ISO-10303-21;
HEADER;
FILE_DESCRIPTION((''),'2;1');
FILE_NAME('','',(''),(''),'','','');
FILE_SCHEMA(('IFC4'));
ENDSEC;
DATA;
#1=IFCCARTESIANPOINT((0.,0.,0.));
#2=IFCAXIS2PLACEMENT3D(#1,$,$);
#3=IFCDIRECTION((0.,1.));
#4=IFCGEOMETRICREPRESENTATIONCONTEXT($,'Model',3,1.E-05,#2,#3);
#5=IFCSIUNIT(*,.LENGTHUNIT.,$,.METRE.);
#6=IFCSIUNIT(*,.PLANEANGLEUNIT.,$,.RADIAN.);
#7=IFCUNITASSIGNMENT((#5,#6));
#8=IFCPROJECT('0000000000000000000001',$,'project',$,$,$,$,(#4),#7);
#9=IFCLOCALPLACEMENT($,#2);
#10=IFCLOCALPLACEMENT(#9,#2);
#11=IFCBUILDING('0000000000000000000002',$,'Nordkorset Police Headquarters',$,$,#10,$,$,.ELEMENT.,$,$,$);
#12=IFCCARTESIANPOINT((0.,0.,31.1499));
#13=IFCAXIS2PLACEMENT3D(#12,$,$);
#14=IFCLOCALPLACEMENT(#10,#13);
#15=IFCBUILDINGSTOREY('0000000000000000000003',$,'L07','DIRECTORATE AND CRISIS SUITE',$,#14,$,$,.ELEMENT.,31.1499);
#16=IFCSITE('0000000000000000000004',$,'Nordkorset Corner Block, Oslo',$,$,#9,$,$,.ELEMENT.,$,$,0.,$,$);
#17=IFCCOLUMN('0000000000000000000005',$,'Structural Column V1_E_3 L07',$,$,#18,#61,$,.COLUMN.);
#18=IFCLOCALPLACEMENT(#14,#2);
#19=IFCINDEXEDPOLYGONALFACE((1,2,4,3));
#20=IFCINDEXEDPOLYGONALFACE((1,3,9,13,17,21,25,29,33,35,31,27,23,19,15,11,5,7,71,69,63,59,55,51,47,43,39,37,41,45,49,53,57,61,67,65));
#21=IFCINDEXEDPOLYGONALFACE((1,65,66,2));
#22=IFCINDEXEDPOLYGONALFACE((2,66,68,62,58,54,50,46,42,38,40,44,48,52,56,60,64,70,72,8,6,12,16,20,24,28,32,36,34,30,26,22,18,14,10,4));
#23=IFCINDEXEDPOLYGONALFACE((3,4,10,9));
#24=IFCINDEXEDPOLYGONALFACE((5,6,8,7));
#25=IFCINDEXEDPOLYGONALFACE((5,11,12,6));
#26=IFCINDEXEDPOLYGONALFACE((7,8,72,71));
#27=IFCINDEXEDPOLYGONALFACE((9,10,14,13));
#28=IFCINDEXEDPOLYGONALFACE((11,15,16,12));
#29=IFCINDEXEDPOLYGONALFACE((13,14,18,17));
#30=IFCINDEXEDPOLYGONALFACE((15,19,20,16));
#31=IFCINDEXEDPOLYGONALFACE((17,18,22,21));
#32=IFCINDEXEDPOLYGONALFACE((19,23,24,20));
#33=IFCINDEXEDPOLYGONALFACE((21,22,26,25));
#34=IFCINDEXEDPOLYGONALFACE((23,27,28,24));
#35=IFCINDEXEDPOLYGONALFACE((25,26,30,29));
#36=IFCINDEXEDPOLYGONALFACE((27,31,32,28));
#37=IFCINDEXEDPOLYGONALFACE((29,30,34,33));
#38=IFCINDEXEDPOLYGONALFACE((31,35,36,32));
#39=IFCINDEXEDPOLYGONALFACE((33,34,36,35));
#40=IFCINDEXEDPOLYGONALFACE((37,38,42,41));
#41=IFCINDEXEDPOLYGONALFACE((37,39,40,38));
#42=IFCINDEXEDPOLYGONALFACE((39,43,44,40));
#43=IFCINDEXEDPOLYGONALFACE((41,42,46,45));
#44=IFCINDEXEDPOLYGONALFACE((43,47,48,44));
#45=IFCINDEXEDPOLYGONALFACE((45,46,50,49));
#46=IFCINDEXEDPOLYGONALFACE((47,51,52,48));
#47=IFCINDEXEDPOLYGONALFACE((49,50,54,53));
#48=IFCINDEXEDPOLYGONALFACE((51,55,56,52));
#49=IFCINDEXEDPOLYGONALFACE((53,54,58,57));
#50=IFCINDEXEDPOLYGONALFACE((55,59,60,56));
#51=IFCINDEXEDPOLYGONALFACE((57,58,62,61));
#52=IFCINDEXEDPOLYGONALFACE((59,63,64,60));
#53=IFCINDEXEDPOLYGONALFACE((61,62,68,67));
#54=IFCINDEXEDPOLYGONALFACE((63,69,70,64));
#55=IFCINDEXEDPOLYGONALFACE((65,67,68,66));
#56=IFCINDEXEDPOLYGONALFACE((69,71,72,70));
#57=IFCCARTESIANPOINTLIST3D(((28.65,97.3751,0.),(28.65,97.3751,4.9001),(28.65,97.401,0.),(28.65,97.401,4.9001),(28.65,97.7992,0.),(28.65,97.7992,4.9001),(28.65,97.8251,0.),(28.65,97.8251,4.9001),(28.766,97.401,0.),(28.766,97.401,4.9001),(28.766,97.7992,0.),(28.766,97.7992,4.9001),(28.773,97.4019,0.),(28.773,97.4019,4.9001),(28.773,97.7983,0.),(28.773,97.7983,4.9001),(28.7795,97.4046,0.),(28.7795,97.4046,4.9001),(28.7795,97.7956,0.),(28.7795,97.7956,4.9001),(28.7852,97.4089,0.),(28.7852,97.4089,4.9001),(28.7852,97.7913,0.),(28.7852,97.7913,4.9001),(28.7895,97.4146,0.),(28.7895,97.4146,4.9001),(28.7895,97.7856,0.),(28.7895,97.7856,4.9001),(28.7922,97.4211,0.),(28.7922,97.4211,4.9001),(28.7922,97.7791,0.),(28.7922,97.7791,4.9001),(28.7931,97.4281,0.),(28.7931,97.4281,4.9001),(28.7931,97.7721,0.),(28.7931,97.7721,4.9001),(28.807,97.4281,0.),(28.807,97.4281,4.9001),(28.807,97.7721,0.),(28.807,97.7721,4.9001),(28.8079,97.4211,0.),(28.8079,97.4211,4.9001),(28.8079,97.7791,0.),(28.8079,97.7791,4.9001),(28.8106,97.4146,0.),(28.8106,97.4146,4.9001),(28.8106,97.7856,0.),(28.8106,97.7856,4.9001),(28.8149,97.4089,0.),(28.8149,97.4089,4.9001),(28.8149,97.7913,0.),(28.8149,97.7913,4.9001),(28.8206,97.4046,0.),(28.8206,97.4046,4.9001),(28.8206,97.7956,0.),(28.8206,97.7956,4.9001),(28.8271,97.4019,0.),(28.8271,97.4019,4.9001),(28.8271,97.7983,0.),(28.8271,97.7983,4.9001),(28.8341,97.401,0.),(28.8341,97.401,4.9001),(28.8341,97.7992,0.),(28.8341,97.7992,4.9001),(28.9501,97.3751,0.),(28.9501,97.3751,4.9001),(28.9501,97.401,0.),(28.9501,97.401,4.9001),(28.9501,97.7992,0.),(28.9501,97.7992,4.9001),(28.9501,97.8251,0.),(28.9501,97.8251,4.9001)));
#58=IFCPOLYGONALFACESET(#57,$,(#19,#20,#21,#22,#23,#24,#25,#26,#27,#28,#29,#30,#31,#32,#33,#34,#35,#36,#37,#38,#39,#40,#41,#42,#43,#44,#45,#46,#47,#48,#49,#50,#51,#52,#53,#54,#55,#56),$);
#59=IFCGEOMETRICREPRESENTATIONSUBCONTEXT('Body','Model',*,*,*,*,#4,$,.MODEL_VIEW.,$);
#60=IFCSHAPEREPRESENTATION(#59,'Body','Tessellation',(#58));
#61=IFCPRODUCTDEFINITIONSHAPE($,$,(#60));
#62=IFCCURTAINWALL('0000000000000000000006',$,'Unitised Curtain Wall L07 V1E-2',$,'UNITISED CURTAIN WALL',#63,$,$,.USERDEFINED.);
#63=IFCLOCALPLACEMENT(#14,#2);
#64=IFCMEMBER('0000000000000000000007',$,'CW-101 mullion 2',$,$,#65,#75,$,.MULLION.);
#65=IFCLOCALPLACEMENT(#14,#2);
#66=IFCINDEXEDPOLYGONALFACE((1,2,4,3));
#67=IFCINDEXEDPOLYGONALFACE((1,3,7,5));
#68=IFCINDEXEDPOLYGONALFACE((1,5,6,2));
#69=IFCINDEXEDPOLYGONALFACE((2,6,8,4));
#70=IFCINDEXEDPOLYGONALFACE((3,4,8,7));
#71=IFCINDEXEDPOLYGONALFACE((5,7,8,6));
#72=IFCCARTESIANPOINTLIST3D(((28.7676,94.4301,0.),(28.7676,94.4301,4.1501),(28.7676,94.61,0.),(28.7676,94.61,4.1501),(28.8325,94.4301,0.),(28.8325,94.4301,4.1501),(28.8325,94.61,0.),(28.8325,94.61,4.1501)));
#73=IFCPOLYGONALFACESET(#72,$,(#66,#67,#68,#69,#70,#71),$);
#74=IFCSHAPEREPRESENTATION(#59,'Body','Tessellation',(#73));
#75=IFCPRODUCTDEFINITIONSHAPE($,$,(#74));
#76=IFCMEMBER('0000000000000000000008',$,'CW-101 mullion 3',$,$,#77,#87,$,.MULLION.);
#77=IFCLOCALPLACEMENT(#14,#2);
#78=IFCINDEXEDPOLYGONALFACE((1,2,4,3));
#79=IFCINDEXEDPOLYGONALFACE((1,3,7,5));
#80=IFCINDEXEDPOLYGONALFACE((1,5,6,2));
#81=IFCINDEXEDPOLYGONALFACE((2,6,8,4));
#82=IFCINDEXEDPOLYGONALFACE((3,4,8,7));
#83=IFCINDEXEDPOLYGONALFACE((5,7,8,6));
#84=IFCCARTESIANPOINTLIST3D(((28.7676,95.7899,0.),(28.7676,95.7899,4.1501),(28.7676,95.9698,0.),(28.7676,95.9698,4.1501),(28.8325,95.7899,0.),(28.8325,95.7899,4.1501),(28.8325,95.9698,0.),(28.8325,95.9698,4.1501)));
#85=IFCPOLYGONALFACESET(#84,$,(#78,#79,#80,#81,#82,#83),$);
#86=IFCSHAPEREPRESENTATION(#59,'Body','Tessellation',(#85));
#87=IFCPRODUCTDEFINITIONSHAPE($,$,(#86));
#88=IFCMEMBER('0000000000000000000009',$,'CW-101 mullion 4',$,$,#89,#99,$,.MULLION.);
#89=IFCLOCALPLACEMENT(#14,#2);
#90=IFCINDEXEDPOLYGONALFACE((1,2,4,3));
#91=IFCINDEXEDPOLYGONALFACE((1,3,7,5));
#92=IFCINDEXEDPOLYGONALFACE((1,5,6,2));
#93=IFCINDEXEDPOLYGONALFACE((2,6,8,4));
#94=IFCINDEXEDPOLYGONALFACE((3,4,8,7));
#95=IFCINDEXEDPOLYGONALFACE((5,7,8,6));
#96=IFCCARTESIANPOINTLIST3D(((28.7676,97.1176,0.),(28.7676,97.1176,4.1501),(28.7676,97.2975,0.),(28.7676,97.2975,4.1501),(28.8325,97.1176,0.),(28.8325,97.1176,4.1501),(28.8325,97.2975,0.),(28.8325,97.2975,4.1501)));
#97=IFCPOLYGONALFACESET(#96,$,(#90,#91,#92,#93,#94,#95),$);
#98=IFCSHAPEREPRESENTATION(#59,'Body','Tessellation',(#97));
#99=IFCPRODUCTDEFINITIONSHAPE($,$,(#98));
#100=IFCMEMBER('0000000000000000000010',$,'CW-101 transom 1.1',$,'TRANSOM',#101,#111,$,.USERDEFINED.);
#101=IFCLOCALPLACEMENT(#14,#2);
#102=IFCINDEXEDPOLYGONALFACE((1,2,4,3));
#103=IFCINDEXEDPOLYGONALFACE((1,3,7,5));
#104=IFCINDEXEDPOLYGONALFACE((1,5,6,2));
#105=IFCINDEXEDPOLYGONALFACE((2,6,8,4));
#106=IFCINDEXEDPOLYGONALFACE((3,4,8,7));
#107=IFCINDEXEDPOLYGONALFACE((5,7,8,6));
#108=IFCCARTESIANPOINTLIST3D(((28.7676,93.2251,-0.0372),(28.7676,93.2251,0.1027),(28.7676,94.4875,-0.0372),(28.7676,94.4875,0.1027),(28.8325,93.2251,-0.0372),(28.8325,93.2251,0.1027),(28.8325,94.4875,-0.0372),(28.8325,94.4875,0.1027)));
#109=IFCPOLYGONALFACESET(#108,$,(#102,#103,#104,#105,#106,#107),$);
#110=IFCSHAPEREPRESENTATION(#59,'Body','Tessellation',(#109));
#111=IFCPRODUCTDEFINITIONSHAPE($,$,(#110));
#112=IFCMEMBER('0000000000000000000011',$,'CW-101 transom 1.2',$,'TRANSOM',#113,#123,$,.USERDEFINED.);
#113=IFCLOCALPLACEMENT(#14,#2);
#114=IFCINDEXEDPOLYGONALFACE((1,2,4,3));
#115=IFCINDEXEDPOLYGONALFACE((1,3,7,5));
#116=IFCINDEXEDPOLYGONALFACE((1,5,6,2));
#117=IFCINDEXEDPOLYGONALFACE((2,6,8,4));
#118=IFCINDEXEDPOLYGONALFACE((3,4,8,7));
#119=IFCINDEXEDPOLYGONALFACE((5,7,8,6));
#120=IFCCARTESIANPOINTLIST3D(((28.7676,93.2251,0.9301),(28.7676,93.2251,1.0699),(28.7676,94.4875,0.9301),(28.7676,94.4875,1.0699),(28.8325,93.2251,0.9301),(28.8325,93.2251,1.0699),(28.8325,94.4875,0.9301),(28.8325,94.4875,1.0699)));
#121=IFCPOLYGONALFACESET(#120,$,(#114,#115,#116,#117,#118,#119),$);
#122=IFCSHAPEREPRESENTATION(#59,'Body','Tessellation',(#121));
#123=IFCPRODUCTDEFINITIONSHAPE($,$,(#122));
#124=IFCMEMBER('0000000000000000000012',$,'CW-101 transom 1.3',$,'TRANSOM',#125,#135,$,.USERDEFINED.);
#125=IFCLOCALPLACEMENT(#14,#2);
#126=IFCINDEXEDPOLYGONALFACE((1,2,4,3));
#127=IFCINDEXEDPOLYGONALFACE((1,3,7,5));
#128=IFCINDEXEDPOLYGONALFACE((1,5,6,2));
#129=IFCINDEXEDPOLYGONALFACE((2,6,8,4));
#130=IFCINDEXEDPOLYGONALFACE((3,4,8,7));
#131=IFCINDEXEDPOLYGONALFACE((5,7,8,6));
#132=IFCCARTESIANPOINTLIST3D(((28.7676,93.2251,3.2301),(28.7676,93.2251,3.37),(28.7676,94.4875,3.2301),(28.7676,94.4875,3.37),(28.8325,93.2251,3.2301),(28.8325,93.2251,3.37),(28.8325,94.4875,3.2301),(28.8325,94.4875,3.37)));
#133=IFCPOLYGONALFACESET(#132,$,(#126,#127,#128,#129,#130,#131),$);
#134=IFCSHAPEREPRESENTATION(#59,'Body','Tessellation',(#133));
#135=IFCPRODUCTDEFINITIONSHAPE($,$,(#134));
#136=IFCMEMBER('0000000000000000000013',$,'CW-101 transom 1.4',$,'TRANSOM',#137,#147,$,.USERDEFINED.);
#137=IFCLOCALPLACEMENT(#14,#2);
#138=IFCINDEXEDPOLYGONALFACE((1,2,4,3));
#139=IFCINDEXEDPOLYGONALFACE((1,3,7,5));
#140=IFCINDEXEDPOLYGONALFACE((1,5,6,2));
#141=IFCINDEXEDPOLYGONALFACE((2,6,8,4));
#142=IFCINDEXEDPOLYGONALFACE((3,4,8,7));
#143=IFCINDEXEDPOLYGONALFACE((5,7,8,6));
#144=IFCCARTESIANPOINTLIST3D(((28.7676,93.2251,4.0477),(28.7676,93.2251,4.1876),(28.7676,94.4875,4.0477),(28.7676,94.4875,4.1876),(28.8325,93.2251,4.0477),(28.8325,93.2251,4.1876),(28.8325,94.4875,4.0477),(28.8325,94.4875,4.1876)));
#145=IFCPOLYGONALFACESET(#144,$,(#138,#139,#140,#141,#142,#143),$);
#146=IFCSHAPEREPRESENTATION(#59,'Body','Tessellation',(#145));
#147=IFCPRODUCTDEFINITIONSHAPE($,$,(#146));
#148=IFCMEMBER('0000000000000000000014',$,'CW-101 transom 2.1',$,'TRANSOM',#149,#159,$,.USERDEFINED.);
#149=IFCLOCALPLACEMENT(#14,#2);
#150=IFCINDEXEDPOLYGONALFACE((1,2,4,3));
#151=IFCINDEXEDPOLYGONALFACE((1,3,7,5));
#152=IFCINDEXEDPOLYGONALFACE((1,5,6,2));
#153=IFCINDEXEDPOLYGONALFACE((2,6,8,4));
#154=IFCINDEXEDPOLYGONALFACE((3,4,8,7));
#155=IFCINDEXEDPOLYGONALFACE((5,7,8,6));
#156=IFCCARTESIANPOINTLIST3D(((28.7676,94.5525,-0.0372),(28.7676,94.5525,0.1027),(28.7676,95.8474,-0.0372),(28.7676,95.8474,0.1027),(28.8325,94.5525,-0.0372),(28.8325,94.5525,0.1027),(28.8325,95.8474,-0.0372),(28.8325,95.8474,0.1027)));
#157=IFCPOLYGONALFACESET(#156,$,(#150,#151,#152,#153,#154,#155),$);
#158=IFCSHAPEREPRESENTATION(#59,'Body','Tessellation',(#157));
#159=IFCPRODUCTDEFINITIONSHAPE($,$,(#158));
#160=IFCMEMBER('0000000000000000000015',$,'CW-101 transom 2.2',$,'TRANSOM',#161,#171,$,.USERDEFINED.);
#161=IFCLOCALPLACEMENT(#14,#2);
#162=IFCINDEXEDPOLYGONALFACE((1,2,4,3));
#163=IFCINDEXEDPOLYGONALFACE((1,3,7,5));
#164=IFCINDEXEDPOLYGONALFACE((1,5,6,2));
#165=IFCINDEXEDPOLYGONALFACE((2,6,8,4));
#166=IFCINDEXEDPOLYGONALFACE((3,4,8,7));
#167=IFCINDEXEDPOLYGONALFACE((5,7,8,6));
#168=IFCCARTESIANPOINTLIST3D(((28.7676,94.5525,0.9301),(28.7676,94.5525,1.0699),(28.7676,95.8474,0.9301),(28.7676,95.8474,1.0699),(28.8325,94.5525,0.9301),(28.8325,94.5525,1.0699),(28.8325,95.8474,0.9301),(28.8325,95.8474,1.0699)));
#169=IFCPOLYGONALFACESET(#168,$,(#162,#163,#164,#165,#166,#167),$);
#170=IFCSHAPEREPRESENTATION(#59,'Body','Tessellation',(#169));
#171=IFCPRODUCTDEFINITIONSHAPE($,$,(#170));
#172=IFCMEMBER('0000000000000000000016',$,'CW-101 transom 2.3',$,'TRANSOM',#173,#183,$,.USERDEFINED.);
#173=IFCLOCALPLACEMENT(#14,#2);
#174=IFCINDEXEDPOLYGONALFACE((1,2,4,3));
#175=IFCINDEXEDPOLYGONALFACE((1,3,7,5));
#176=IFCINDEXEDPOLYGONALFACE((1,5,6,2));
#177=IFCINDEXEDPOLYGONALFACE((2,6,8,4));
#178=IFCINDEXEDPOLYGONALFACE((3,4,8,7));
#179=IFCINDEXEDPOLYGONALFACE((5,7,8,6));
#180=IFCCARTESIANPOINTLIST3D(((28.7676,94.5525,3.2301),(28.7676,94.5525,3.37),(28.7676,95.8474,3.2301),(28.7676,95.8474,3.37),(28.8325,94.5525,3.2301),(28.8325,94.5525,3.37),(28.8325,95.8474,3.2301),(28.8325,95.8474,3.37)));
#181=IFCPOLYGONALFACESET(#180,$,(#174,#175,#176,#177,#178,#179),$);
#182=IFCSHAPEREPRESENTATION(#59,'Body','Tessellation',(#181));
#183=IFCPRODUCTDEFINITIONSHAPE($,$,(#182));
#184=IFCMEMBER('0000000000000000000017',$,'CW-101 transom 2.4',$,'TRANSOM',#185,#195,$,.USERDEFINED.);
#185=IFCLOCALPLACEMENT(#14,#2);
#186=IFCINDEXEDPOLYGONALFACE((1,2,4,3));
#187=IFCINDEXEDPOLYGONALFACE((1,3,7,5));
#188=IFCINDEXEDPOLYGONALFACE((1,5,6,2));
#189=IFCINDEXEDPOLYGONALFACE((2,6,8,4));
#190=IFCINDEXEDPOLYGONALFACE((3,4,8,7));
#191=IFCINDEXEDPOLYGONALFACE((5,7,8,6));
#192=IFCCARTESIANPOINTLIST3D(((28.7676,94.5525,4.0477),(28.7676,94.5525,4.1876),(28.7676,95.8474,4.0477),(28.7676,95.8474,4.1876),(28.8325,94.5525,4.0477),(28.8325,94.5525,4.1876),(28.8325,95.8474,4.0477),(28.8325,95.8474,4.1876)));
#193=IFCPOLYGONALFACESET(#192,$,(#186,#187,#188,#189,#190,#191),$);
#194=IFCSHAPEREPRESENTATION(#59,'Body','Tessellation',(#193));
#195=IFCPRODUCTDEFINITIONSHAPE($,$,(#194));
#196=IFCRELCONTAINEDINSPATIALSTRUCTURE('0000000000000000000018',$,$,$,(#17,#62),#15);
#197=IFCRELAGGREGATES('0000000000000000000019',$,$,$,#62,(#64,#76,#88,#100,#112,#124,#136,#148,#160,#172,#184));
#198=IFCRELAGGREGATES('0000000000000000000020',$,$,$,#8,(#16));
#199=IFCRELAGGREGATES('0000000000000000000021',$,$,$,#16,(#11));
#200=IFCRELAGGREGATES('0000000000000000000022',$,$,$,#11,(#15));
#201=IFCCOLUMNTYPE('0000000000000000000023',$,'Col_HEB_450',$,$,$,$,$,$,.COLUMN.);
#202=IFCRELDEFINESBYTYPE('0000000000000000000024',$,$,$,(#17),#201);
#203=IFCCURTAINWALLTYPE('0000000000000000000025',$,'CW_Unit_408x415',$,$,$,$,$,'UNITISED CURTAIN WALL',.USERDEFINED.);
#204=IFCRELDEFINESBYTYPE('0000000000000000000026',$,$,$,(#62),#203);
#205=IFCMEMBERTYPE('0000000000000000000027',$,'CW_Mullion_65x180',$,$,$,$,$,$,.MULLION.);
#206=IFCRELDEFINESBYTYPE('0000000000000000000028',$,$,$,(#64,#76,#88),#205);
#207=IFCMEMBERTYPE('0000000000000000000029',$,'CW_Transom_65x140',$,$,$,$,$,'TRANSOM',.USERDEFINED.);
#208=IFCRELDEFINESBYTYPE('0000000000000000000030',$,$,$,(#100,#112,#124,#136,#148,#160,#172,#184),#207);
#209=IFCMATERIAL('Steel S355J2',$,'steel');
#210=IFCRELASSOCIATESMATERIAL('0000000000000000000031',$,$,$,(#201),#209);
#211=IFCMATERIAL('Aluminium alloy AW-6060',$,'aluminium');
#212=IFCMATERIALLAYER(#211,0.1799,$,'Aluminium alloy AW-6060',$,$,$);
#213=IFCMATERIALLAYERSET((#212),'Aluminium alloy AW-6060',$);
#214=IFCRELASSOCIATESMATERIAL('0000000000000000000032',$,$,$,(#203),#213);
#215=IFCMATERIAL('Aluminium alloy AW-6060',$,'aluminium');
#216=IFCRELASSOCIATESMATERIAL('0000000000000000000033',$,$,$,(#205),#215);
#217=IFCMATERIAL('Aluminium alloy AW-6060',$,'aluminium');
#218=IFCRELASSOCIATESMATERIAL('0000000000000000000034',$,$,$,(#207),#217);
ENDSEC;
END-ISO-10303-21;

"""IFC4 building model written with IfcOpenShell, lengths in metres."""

from ifc_helpers import new_model, si_unit, direction, frame, origin, origin_2d, place, context, subcontext, project, spatial, rectangle, i_section, extrude, material, layer, layer_set, material_profile, profile_set, type_object, element, aggregate, save


model = new_model("IFC4")

# Units and contexts
model_context = context("Model", 3, precision=1e-05, world=origin(), true_north=direction((0.0, 1.0)))
body_context = subcontext(model_context, "Body", "Model", "MODEL_VIEW")
ifc_project = project(units=[si_unit("LENGTHUNIT", "METRE"), si_unit("PLANEANGLEUNIT", "RADIAN")], contexts=[model_context])

# Site, building, storey
site_placement = place(None, origin())
site = spatial("IfcSite", under=ifc_project, at=site_placement, Name="Nordkorset Corner Block, Oslo", CompositionType="ELEMENT", RefElevation=0.0)
building_placement = place(site_placement, origin())
building = spatial("IfcBuilding", under=site, at=building_placement, Name="Nordkorset Police Headquarters", CompositionType="ELEMENT")
storey_placement = place(building_placement, frame((0.0, 0.0, 31.1499)))
storey = spatial("IfcBuildingStorey", under=building, at=storey_placement, Name="L07", Description="DIRECTORATE AND CRISIS SUITE", CompositionType="ELEMENT", Elevation=31.1499)

# Column
ifc_material_1 = material(Name="Steel S355J2", Category="steel")
ifc_material_profile_1 = material_profile(ifc_material_1, i_section(OverallWidth=0.3, OverallDepth=0.45, WebThickness=0.0139, FlangeThickness=0.0259, FilletRadius=0.0271, at=origin_2d()), Name="HEB 450")
ifc_profile_set_1 = profile_set([ifc_material_profile_1], Name="Steel S355J2")
column_type = type_object("IfcColumnType", Name="Col_HEB_450", PredefinedType="COLUMN", material=ifc_profile_set_1)
column_placement = place(storey_placement, frame((28.8, 97.6001, 0.0), z_axis=(0.0, 0.0, 1.0), x_axis=(1.0, 0.0, 0.0)))
element("IfcColumn", 1, at=column_placement, inside=storey, type_object=column_type, Name="Structural Column V1_E_3 L07", PredefinedType="COLUMN", context=body_context, shape_type="SweptSolid", body=[
    extrude(i_section(OverallWidth=0.3, OverallDepth=0.45, WebThickness=0.0139, FlangeThickness=0.0259, FilletRadius=0.0271, at=origin_2d()), origin(), (0.0, 0.0, 1.0), 4.9001),
])

# Curtain wall, members
ifc_material_2 = material(Name="Aluminium alloy AW-6060", Category="aluminium")
ifc_layer_1 = layer(ifc_material_2, 0.1799, Name="Aluminium alloy AW-6060")
ifc_layer_set_1 = layer_set([ifc_layer_1], Name="Aluminium alloy AW-6060")
curtain_wall_type = type_object("IfcCurtainWallType", Name="CW_Unit_408x415", ElementType="UNITISED CURTAIN WALL", PredefinedType="USERDEFINED", material=ifc_layer_set_1)
curtain_wall_placement = place(storey_placement, origin())
curtain_wall = element("IfcCurtainWall", 2, at=curtain_wall_placement, inside=storey, type_object=curtain_wall_type, Name="Unitised Curtain Wall L07 V1E-2", ObjectType="UNITISED CURTAIN WALL", PredefinedType="USERDEFINED")
ifc_material_3 = material(Name="Aluminium alloy AW-6060", Category="aluminium")
ifc_material_profile_2 = material_profile(ifc_material_3, rectangle(XDim=0.0649, YDim=0.1799, at=origin_2d()), Name="ALU MULL 65x180")
ifc_profile_set_2 = profile_set([ifc_material_profile_2], Name="Aluminium alloy AW-6060")
member_type_1 = type_object("IfcMemberType", Name="CW_Mullion_65x180", PredefinedType="MULLION", material=ifc_profile_set_2)
member_1_placement = place(storey_placement, frame((28.8, 94.52, 0.0), z_axis=(0.0, 0.0, 1.0), x_axis=(-1.0, 0.0, 0.0)))
member_1 = element("IfcMember", 3, at=member_1_placement, type_object=member_type_1, Name="CW-101 mullion 2", PredefinedType="MULLION", context=body_context, shape_type="SweptSolid", body=[
    extrude(rectangle(XDim=0.0649, YDim=0.1799, at=origin_2d()), origin(), (0.0, 0.0, 1.0), 4.1501),
])
member_2_placement = place(storey_placement, frame((28.8, 95.8799, 0.0), z_axis=(0.0, 0.0, 1.0), x_axis=(-1.0, 0.0, 0.0)))
member_2 = element("IfcMember", 4, at=member_2_placement, type_object=member_type_1, Name="CW-101 mullion 3", PredefinedType="MULLION", context=body_context, shape_type="SweptSolid", body=[
    extrude(rectangle(XDim=0.0649, YDim=0.1799, at=origin_2d()), origin(), (0.0, 0.0, 1.0), 4.1501),
])
member_3_placement = place(storey_placement, frame((28.8, 97.2075, 0.0), z_axis=(0.0, 0.0, 1.0), x_axis=(-1.0, 0.0, 0.0)))
member_3 = element("IfcMember", 5, at=member_3_placement, type_object=member_type_1, Name="CW-101 mullion 4", PredefinedType="MULLION", context=body_context, shape_type="SweptSolid", body=[
    extrude(rectangle(XDim=0.0649, YDim=0.1799, at=origin_2d()), origin(), (0.0, 0.0, 1.0), 4.1501),
])
ifc_material_4 = material(Name="Aluminium alloy AW-6060", Category="aluminium")
ifc_material_profile_3 = material_profile(ifc_material_4, rectangle(XDim=0.0649, YDim=0.1399, at=origin_2d()), Name="ALU TRAN 65x140")
ifc_profile_set_3 = profile_set([ifc_material_profile_3], Name="Aluminium alloy AW-6060")
member_type_2 = type_object("IfcMemberType", Name="CW_Transom_65x140", ElementType="TRANSOM", PredefinedType="USERDEFINED", material=ifc_profile_set_3)
member_4_placement = place(storey_placement, frame((28.8, 93.2251, 0.0327), z_axis=(0.0, 1.0, 0.0), x_axis=(-1.0, 0.0, 0.0)))
member_4 = element("IfcMember", 6, at=member_4_placement, type_object=member_type_2, Name="CW-101 transom 1.1", ObjectType="TRANSOM", PredefinedType="USERDEFINED", context=body_context, shape_type="SweptSolid", body=[
    extrude(rectangle(XDim=0.0649, YDim=0.1399, at=origin_2d()), origin(), (0.0, 0.0, 1.0), 1.2625),
])
member_5_placement = place(storey_placement, frame((28.8, 93.2251, 1.0), z_axis=(0.0, 1.0, 0.0), x_axis=(-1.0, 0.0, 0.0)))
member_5 = element("IfcMember", 7, at=member_5_placement, type_object=member_type_2, Name="CW-101 transom 1.2", ObjectType="TRANSOM", PredefinedType="USERDEFINED", context=body_context, shape_type="SweptSolid", body=[
    extrude(rectangle(XDim=0.0649, YDim=0.1399, at=origin_2d()), origin(), (0.0, 0.0, 1.0), 1.2625),
])
member_6_placement = place(storey_placement, frame((28.8, 93.2251, 3.3), z_axis=(0.0, 1.0, 0.0), x_axis=(-1.0, 0.0, 0.0)))
member_6 = element("IfcMember", 8, at=member_6_placement, type_object=member_type_2, Name="CW-101 transom 1.3", ObjectType="TRANSOM", PredefinedType="USERDEFINED", context=body_context, shape_type="SweptSolid", body=[
    extrude(rectangle(XDim=0.0649, YDim=0.1399, at=origin_2d()), origin(), (0.0, 0.0, 1.0), 1.2625),
])
member_7_placement = place(storey_placement, frame((28.8, 93.2251, 4.1177), z_axis=(0.0, 1.0, 0.0), x_axis=(-1.0, 0.0, 0.0)))
member_7 = element("IfcMember", 9, at=member_7_placement, type_object=member_type_2, Name="CW-101 transom 1.4", ObjectType="TRANSOM", PredefinedType="USERDEFINED", context=body_context, shape_type="SweptSolid", body=[
    extrude(rectangle(XDim=0.0649, YDim=0.1399, at=origin_2d()), origin(), (0.0, 0.0, 1.0), 1.2625),
])
member_8_placement = place(storey_placement, frame((28.8, 94.5525, 0.0327), z_axis=(0.0, 1.0, 0.0), x_axis=(-1.0, 0.0, 0.0)))
member_8 = element("IfcMember", 10, at=member_8_placement, type_object=member_type_2, Name="CW-101 transom 2.1", ObjectType="TRANSOM", PredefinedType="USERDEFINED", context=body_context, shape_type="SweptSolid", body=[
    extrude(rectangle(XDim=0.0649, YDim=0.1399, at=origin_2d()), origin(), (0.0, 0.0, 1.0), 1.2949),
])
member_9_placement = place(storey_placement, frame((28.8, 94.5525, 1.0), z_axis=(0.0, 1.0, 0.0), x_axis=(-1.0, 0.0, 0.0)))
member_9 = element("IfcMember", 11, at=member_9_placement, type_object=member_type_2, Name="CW-101 transom 2.2", ObjectType="TRANSOM", PredefinedType="USERDEFINED", context=body_context, shape_type="SweptSolid", body=[
    extrude(rectangle(XDim=0.0649, YDim=0.1399, at=origin_2d()), origin(), (0.0, 0.0, 1.0), 1.2949),
])
member_10_placement = place(storey_placement, frame((28.8, 94.5525, 3.3), z_axis=(0.0, 1.0, 0.0), x_axis=(-1.0, 0.0, 0.0)))
member_10 = element("IfcMember", 12, at=member_10_placement, type_object=member_type_2, Name="CW-101 transom 2.3", ObjectType="TRANSOM", PredefinedType="USERDEFINED", context=body_context, shape_type="SweptSolid", body=[
    extrude(rectangle(XDim=0.0649, YDim=0.1399, at=origin_2d()), origin(), (0.0, 0.0, 1.0), 1.2949),
])
member_11_placement = place(storey_placement, frame((28.8, 94.5525, 4.1177), z_axis=(0.0, 1.0, 0.0), x_axis=(-1.0, 0.0, 0.0)))
member_11 = element("IfcMember", 13, at=member_11_placement, type_object=member_type_2, Name="CW-101 transom 2.4", ObjectType="TRANSOM", PredefinedType="USERDEFINED", context=body_context, shape_type="SweptSolid", body=[
    extrude(rectangle(XDim=0.0649, YDim=0.1399, at=origin_2d()), origin(), (0.0, 0.0, 1.0), 1.2949),
])
aggregate(curtain_wall, [member_1, member_2, member_3, member_4, member_5, member_6, member_7, member_8, member_9, member_10, member_11])

save(model, "model.ifc")
